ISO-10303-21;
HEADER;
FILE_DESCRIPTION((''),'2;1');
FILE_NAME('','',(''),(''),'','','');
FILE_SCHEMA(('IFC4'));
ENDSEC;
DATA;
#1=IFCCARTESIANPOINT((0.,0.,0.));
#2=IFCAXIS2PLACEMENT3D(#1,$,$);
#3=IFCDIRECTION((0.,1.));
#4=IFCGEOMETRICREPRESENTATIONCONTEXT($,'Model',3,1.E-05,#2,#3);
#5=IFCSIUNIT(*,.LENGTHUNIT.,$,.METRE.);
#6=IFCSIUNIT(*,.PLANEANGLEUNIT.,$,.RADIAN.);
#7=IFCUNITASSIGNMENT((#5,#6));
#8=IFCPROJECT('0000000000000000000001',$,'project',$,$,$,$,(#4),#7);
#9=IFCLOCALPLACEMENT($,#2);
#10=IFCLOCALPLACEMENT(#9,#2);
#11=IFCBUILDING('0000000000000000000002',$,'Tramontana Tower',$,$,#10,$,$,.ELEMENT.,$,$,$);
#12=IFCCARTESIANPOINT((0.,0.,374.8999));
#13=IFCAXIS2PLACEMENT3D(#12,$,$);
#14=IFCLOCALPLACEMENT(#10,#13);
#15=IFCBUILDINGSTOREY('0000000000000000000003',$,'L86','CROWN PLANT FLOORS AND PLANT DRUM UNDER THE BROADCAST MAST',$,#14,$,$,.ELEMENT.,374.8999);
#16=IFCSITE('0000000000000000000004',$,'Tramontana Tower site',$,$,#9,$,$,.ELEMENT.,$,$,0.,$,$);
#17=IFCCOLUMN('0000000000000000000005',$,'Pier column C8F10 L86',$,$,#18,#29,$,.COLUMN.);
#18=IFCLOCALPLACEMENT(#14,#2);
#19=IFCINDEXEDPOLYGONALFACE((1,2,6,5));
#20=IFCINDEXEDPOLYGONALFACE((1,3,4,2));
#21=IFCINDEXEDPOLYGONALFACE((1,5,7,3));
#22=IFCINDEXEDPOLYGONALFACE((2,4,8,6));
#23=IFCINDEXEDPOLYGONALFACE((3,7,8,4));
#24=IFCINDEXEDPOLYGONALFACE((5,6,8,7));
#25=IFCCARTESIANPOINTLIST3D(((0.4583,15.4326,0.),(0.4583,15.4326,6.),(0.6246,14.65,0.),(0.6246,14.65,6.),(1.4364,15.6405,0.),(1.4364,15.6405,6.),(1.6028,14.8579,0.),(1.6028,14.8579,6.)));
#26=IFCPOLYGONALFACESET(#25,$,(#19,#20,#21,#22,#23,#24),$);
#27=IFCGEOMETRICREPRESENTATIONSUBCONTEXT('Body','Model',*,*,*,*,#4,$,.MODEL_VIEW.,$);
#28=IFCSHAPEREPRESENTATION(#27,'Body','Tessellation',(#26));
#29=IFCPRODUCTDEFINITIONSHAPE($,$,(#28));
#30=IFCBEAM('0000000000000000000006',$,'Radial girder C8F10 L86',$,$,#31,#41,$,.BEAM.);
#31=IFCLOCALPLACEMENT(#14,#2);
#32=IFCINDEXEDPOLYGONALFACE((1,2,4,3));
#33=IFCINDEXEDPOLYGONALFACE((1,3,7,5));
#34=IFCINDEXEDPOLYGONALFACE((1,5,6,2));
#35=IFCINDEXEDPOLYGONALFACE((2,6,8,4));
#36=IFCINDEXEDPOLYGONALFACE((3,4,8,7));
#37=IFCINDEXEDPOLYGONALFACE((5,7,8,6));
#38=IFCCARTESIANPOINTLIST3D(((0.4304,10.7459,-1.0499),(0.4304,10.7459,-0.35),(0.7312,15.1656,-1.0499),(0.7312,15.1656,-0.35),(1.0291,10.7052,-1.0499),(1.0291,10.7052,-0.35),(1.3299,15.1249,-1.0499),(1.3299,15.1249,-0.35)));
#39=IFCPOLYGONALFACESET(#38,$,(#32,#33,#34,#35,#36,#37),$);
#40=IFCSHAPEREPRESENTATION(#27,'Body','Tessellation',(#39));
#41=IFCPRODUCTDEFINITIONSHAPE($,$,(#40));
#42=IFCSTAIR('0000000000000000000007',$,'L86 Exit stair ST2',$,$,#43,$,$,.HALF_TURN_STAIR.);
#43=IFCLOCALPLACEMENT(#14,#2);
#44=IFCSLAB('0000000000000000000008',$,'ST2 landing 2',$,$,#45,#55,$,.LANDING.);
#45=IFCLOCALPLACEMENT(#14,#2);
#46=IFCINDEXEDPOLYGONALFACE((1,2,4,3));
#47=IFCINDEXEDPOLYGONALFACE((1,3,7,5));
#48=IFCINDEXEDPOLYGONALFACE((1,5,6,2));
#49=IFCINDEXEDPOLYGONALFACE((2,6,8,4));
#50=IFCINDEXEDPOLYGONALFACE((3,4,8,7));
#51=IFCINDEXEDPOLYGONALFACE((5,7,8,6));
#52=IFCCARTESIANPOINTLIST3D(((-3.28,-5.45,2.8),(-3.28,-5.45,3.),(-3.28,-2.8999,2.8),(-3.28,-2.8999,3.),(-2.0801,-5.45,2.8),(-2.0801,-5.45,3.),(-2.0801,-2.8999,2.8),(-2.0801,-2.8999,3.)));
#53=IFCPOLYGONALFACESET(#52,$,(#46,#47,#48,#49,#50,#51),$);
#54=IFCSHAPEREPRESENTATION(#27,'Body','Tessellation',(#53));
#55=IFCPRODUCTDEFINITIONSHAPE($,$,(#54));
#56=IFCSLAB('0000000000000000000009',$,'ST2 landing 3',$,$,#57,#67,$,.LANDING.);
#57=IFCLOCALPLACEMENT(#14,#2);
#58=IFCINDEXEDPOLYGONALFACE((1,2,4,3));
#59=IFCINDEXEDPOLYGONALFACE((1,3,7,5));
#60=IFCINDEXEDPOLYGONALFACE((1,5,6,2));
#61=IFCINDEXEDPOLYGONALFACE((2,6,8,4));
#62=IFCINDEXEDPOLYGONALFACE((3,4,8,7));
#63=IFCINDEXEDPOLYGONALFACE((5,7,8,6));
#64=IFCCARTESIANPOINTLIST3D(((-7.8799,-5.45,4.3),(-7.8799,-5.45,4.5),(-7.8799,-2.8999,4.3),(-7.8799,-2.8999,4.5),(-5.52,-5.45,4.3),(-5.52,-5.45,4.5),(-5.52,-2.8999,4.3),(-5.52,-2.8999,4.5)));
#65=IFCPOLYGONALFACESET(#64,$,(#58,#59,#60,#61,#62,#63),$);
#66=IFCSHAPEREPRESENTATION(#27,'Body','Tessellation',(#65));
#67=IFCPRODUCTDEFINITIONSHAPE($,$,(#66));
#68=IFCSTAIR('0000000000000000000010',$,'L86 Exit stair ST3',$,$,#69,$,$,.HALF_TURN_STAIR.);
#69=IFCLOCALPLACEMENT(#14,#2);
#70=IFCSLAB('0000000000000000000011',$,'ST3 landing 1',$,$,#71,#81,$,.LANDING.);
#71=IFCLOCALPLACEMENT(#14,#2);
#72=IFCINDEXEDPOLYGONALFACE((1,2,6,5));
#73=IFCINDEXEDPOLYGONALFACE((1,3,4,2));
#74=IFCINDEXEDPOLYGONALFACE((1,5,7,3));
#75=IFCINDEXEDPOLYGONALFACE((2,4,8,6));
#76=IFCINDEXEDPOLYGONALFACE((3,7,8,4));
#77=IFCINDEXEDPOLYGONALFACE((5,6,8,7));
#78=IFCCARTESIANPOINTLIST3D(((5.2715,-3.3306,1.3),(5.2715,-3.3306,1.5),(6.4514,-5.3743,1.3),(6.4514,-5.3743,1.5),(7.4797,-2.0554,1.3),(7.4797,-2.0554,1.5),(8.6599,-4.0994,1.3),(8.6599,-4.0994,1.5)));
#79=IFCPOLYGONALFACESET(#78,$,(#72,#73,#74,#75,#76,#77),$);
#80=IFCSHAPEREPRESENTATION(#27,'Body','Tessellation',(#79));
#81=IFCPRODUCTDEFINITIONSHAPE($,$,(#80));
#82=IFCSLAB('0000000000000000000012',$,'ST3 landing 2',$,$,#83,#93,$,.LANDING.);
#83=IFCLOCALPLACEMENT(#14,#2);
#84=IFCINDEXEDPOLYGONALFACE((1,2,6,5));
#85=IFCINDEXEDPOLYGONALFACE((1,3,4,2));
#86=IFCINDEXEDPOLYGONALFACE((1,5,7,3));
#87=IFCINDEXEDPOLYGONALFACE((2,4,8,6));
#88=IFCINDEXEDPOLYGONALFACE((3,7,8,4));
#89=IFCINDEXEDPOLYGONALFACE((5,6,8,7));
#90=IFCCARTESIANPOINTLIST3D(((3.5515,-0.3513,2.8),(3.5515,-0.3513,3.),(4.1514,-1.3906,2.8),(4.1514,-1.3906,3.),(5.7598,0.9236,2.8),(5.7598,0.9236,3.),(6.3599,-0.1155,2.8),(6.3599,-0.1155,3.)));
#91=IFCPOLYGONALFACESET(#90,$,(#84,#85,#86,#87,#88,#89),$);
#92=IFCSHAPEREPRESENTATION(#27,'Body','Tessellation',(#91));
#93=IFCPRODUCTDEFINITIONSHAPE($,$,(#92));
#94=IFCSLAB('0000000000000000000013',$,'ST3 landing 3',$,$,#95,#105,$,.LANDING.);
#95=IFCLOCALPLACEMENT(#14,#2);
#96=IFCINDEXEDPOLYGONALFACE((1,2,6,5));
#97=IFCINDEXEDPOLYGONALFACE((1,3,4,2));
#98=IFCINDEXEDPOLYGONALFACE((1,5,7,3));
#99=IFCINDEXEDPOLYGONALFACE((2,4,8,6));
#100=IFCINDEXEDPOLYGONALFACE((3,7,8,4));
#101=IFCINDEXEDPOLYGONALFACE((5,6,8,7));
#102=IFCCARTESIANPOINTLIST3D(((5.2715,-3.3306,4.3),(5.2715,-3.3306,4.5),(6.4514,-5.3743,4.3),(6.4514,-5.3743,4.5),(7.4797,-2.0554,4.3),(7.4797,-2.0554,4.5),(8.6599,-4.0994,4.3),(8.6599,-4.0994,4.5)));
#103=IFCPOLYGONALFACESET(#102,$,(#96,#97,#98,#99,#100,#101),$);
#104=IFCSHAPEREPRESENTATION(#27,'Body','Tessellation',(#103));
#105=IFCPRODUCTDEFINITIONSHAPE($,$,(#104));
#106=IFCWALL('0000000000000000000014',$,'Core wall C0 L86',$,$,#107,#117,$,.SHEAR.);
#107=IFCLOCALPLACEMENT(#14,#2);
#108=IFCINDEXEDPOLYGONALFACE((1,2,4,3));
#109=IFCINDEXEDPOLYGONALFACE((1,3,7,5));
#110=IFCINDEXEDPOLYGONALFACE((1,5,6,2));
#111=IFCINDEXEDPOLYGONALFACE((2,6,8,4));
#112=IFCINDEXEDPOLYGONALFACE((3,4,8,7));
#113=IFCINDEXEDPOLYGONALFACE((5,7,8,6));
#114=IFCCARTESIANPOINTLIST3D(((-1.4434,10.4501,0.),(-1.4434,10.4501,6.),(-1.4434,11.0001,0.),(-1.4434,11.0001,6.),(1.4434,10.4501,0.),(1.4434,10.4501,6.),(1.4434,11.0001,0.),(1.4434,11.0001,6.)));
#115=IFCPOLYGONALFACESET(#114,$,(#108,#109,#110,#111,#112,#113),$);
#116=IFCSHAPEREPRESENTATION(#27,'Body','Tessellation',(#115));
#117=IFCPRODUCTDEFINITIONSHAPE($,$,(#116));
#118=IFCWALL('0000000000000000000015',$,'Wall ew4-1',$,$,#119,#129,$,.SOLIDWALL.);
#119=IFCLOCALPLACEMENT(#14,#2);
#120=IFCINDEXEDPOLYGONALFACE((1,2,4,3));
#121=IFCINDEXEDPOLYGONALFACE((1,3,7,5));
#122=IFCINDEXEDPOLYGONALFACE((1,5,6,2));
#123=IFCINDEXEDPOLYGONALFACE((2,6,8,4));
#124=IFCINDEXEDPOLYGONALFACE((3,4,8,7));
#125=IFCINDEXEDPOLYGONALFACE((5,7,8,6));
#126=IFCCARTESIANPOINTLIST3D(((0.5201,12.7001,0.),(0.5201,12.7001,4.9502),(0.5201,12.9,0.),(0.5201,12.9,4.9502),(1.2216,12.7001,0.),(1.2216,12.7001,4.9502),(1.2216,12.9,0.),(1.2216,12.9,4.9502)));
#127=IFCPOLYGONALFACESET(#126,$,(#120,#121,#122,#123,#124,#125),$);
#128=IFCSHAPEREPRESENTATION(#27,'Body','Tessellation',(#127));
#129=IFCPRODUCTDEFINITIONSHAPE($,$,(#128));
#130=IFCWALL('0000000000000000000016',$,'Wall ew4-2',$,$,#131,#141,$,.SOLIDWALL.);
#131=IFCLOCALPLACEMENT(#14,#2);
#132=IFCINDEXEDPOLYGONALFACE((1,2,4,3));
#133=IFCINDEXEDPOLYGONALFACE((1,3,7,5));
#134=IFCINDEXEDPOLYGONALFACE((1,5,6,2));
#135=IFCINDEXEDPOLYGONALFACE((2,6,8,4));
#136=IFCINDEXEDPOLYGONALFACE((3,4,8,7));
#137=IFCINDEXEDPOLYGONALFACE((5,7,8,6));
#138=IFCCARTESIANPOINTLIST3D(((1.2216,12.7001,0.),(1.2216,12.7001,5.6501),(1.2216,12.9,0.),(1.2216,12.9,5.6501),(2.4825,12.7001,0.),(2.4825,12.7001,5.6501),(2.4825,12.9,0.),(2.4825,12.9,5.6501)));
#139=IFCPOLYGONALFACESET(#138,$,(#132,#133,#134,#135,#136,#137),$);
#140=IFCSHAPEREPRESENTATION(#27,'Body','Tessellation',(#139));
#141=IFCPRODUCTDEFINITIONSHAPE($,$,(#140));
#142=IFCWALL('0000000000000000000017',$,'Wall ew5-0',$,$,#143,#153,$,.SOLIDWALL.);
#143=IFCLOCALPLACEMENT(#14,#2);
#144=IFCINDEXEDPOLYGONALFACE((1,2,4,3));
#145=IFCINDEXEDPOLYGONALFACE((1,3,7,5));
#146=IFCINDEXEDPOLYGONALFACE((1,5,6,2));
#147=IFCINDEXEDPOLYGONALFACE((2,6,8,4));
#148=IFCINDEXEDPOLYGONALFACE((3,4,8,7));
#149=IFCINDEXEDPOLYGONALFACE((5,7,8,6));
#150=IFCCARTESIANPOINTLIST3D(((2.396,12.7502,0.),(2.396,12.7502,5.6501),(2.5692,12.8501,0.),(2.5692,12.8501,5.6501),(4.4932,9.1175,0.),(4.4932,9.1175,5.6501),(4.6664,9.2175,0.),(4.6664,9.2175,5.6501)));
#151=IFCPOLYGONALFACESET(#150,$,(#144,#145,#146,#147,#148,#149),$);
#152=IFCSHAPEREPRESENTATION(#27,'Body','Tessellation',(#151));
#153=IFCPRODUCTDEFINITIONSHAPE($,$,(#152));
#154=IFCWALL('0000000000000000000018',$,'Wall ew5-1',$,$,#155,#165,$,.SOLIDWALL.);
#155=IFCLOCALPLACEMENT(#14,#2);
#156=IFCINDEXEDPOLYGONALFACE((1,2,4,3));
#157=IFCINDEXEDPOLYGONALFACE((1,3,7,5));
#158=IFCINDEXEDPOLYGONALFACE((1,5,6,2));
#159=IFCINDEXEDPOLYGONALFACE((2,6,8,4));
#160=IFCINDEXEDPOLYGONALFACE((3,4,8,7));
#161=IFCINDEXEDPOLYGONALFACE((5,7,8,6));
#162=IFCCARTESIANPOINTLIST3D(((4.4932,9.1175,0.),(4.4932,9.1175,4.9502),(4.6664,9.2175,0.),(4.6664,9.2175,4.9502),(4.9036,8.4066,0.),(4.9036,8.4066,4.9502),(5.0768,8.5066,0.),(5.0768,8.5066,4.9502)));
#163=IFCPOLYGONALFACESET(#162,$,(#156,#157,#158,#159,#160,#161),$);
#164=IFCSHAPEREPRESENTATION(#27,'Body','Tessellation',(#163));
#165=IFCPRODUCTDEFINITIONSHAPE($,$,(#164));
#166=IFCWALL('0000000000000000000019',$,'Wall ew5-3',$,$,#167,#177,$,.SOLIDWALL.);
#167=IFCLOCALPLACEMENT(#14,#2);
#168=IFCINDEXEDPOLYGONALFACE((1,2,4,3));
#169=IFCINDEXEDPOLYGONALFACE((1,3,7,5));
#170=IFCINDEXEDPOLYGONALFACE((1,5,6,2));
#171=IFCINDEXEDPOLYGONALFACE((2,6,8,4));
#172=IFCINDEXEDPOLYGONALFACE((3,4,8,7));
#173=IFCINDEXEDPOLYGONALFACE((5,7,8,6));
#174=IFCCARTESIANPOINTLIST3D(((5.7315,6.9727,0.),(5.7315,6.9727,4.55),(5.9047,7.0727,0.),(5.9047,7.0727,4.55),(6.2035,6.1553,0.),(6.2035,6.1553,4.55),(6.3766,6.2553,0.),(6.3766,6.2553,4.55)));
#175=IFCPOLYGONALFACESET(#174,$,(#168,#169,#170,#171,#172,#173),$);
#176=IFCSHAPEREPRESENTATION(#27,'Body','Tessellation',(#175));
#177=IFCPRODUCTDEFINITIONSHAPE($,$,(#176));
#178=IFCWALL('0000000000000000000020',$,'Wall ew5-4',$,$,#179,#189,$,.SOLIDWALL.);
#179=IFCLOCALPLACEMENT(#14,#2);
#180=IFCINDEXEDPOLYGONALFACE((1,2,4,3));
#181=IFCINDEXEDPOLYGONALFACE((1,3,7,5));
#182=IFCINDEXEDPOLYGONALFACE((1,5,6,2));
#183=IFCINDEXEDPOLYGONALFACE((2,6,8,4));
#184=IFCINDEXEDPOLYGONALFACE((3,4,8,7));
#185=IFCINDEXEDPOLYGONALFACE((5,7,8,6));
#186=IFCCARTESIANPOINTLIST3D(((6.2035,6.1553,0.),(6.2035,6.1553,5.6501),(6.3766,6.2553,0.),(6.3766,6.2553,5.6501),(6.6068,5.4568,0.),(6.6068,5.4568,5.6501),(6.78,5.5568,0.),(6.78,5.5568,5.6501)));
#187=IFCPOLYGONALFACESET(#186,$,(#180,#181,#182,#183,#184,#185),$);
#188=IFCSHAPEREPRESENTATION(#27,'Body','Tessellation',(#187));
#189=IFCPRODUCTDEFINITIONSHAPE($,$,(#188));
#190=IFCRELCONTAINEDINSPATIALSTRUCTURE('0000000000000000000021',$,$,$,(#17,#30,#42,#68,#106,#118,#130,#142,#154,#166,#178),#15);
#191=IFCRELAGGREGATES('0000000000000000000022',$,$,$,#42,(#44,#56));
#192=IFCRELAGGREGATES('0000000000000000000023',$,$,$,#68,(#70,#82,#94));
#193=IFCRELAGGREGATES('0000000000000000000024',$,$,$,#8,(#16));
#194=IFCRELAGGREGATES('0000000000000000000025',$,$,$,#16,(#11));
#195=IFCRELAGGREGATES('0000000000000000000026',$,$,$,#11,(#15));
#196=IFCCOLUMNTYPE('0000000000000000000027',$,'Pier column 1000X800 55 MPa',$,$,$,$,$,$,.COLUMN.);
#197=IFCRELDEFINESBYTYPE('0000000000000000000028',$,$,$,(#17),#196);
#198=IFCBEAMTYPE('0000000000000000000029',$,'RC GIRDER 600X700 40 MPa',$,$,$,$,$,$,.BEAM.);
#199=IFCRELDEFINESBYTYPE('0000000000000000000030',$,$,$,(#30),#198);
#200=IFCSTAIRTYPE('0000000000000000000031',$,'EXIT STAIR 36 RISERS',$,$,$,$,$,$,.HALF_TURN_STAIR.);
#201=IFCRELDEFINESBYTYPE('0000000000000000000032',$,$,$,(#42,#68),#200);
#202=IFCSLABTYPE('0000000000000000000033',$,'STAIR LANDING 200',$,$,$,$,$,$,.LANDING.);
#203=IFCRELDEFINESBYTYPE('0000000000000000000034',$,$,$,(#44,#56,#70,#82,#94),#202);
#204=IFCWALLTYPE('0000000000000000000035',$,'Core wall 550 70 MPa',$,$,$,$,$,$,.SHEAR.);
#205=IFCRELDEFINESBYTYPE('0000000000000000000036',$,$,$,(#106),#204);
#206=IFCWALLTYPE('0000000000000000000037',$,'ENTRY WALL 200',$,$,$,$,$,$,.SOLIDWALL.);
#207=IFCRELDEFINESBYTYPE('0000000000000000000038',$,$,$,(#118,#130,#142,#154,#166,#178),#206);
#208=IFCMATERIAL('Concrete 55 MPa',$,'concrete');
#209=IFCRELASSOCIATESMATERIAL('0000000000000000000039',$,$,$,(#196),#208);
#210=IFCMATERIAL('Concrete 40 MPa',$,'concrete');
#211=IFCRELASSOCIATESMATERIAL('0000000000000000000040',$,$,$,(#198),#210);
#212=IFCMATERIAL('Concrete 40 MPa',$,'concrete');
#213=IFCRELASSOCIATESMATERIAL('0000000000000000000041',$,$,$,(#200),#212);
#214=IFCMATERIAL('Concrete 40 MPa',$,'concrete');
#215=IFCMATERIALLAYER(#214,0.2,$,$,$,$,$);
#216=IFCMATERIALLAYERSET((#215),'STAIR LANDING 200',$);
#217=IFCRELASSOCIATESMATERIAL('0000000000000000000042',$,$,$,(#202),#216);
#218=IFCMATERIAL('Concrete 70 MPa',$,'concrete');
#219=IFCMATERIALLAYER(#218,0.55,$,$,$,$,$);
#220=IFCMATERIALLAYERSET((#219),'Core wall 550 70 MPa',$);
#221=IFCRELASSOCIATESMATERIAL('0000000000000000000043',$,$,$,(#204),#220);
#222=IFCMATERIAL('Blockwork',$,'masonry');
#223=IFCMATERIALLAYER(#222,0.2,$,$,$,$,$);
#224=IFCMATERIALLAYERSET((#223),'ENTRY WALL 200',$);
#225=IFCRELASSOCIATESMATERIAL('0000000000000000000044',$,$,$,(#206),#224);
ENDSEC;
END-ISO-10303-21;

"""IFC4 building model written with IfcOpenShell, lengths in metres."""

from ifc_helpers import new_model, si_unit, direction, frame, frame_2d, origin, origin_2d, place, context, subcontext, project, spatial, polyline, rectangle, outline, extrude, material, layer, layer_set, material_profile, profile_set, type_object, element, aggregate, save


model = new_model("IFC4")

# Units and contexts
model_context = context("Model", 3, precision=1e-05, world=origin(), true_north=direction((0.0, 1.0)))
body_context = subcontext(model_context, "Body", "Model", "MODEL_VIEW")
ifc_project = project(units=[si_unit("LENGTHUNIT", "METRE"), si_unit("PLANEANGLEUNIT", "RADIAN")], contexts=[model_context])

# Site, building, storey
site_placement = place(None, origin())
site = spatial("IfcSite", under=ifc_project, at=site_placement, Name="Tramontana Tower site", CompositionType="ELEMENT", RefElevation=0.0)
building_placement = place(site_placement, origin())
building = spatial("IfcBuilding", under=site, at=building_placement, Name="Tramontana Tower", CompositionType="ELEMENT")
storey_placement = place(building_placement, frame((0.0, 0.0, 374.8999)))
storey = spatial("IfcBuildingStorey", under=building, at=storey_placement, Name="L86", Description="CROWN PLANT FLOORS AND PLANT DRUM UNDER THE BROADCAST MAST", CompositionType="ELEMENT", Elevation=374.8999)

# Column
ifc_material_1 = material(Name="Concrete 55 MPa", Category="concrete")
ifc_material_profile_1 = material_profile(ifc_material_1, rectangle(XDim=1.0, YDim=0.8, at=origin_2d()), Name="Pier column 1000X800 55 MPa")
ifc_profile_set_1 = profile_set([ifc_material_profile_1], Name="Concrete 55 MPa")
column_type = type_object("IfcColumnType", Name="Pier column 1000X800 55 MPa", PredefinedType="COLUMN", material=ifc_profile_set_1)
column_placement = place(storey_placement, frame((1.0305, 15.1453, 0.0), z_axis=(0.0, 0.0, 1.0), x_axis=(-0.978148, -0.207912, 0.0)))
element("IfcColumn", 1, at=column_placement, inside=storey, type_object=column_type, Name="Pier column C8F10 L86", PredefinedType="COLUMN", context=body_context, shape_type="SweptSolid", body=[
    extrude(rectangle(XDim=1.0, YDim=0.8, at=origin_2d()), origin(), (0.0, 0.0, 1.0), 6.0),
])

# Beam
ifc_material_2 = material(Name="Concrete 40 MPa", Category="concrete")
ifc_material_profile_2 = material_profile(ifc_material_2, rectangle(XDim=0.6001, YDim=0.7, at=origin_2d()), Name="RC GIRDER 600X700 40 MPa")
ifc_profile_set_2 = profile_set([ifc_material_profile_2], Name="Concrete 40 MPa")
beam_type = type_object("IfcBeamType", Name="RC GIRDER 600X700 40 MPa", PredefinedType="BEAM", material=ifc_profile_set_2)
beam_placement = place(storey_placement, frame((1.0305, 15.1453, -0.7), z_axis=(-0.067898, -0.997692, 0.0), x_axis=(0.997692, -0.067898, 0.0)))
element("IfcBeam", 2, at=beam_placement, inside=storey, type_object=beam_type, Name="Radial girder C8F10 L86", PredefinedType="BEAM", context=body_context, shape_type="SweptSolid", body=[
    extrude(rectangle(XDim=0.6001, YDim=0.7, at=origin_2d()), origin(), (0.0, 0.0, 1.0), 4.4299),
])

# Stairs, slabs
ifc_material_3 = material(Name="Concrete 40 MPa", Category="concrete")
stair_type = type_object("IfcStairType", Name="EXIT STAIR 36 RISERS", PredefinedType="HALF_TURN_STAIR", material=ifc_material_3)
stair_1_placement = place(storey_placement, origin())
stair_1 = element("IfcStair", 3, at=stair_1_placement, inside=storey, type_object=stair_type, Name="L86 Exit stair ST2", PredefinedType="HALF_TURN_STAIR")
ifc_material_4 = material(Name="Concrete 40 MPa", Category="concrete")
ifc_layer_1 = layer(ifc_material_4, 0.2)
ifc_layer_set_1 = layer_set([ifc_layer_1], Name="STAIR LANDING 200")
slab_type = type_object("IfcSlabType", Name="STAIR LANDING 200", PredefinedType="LANDING", material=ifc_layer_set_1)
slab_1_placement = place(storey_placement, frame((0.0, 0.0, 2.8)))
slab_1 = element("IfcSlab", 4, at=slab_1_placement, type_object=slab_type, Name="ST2 landing 2", PredefinedType="LANDING", context=body_context, shape_type="SweptSolid", body=[
    extrude(outline(polyline([(-2.0801, -2.8999), (-3.28, -2.8999), (-3.28, -5.45), (-2.0801, -5.45), (-2.0801, -2.8999)])), origin(), (0.0, 0.0, 1.0), 0.2),
])
slab_2_placement = place(storey_placement, frame((0.0, 0.0, 4.3)))
slab_2 = element("IfcSlab", 5, at=slab_2_placement, type_object=slab_type, Name="ST2 landing 3", PredefinedType="LANDING", context=body_context, shape_type="SweptSolid", body=[
    extrude(outline(polyline([(-5.52, -2.8999), (-7.8799, -2.8999), (-7.8799, -5.45), (-5.52, -5.45), (-5.52, -2.8999)])), origin(), (0.0, 0.0, 1.0), 0.2),
])
aggregate(stair_1, [slab_1, slab_2])
stair_2_placement = place(storey_placement, origin())
stair_2 = element("IfcStair", 6, at=stair_2_placement, inside=storey, type_object=stair_type, Name="L86 Exit stair ST3", PredefinedType="HALF_TURN_STAIR")
slab_3_placement = place(storey_placement, frame((0.0, 0.0, 1.3)))
slab_3 = element("IfcSlab", 7, at=slab_3_placement, type_object=slab_type, Name="ST3 landing 1", PredefinedType="LANDING", context=body_context, shape_type="SweptSolid", body=[
    extrude(outline(polyline([(5.2715, -3.3306), (6.4514, -5.3743), (8.6599, -4.0994), (7.4797, -2.0554), (5.2715, -3.3306)])), origin(), (0.0, 0.0, 1.0), 0.2),
])
slab_4_placement = place(storey_placement, frame((0.0, 0.0, 2.8)))
slab_4 = element("IfcSlab", 8, at=slab_4_placement, type_object=slab_type, Name="ST3 landing 2", PredefinedType="LANDING", context=body_context, shape_type="SweptSolid", body=[
    extrude(outline(polyline([(3.5515, -0.3513), (4.1514, -1.3906), (6.3599, -0.1155), (5.7598, 0.9236), (3.5515, -0.3513)])), origin(), (0.0, 0.0, 1.0), 0.2),
])
slab_5_placement = place(storey_placement, frame((0.0, 0.0, 4.3)))
slab_5 = element("IfcSlab", 9, at=slab_5_placement, type_object=slab_type, Name="ST3 landing 3", PredefinedType="LANDING", context=body_context, shape_type="SweptSolid", body=[
    extrude(outline(polyline([(5.2715, -3.3306), (6.4514, -5.3743), (8.6599, -4.0994), (7.4797, -2.0554), (5.2715, -3.3306)])), origin(), (0.0, 0.0, 1.0), 0.2),
])
aggregate(stair_2, [slab_3, slab_4, slab_5])

# Walls
ifc_material_5 = material(Name="Concrete 70 MPa", Category="concrete")
ifc_layer_2 = layer(ifc_material_5, 0.55)
ifc_layer_set_2 = layer_set([ifc_layer_2], Name="Core wall 550 70 MPa")
wall_type_1 = type_object("IfcWallType", Name="Core wall 550 70 MPa", PredefinedType="SHEAR", material=ifc_layer_set_2)
wall_1_placement = place(storey_placement, frame((1.4434, 10.7251, 0.0), z_axis=(0.0, 0.0, 1.0), x_axis=(-1.0, 0.0, 0.0)))
element("IfcWall", 10, at=wall_1_placement, inside=storey, type_object=wall_type_1, Name="Core wall C0 L86", PredefinedType="SHEAR", context=body_context, shape_type="SweptSolid", body=[
    extrude(rectangle(XDim=2.8867, YDim=0.55, at=frame_2d((1.4434, 0.0))), origin(), (0.0, 0.0, 1.0), 6.0),
])
ifc_material_6 = material(Name="Blockwork", Category="masonry")
ifc_layer_3 = layer(ifc_material_6, 0.2)
ifc_layer_set_3 = layer_set([ifc_layer_3], Name="ENTRY WALL 200")
wall_type_2 = type_object("IfcWallType", Name="ENTRY WALL 200", PredefinedType="SOLIDWALL", material=ifc_layer_set_3)
wall_2_placement = place(storey_placement, frame((0.5203, 12.8, 0.0), z_axis=(0.0, 0.0, 1.0), x_axis=(1.0, 0.0, 0.0)))
element("IfcWall", 11, at=wall_2_placement, inside=storey, type_object=wall_type_2, Name="Wall ew4-1", PredefinedType="SOLIDWALL", context=body_context, shape_type="SweptSolid", body=[
    extrude(rectangle(XDim=0.7014, YDim=0.2, at=frame_2d((0.3506, 0.0))), origin(), (0.0, 0.0, 1.0), 4.9502),
])
wall_3_placement = place(storey_placement, frame((1.2217, 12.8, 0.0), z_axis=(0.0, 0.0, 1.0), x_axis=(1.0, 0.0, 0.0)))
element("IfcWall", 12, at=wall_3_placement, inside=storey, type_object=wall_type_2, Name="Wall ew4-2", PredefinedType="SOLIDWALL", context=body_context, shape_type="SweptSolid", body=[
    extrude(rectangle(XDim=1.261, YDim=0.2, at=frame_2d((0.6304, 0.0))), origin(), (0.0, 0.0, 1.0), 5.6501),
])
wall_4_placement = place(storey_placement, frame((2.4827, 12.8, 0.0), z_axis=(0.0, 0.0, 1.0), x_axis=(0.499983, -0.866035, 0.0)))
element("IfcWall", 13, at=wall_4_placement, inside=storey, type_object=wall_type_2, Name="Wall ew5-0", PredefinedType="SOLIDWALL", context=body_context, shape_type="SweptSolid", body=[
    extrude(rectangle(XDim=4.1946, YDim=0.2, at=frame_2d((2.0972, 0.0))), origin(), (0.0, 0.0, 1.0), 5.6501),
])
wall_5_placement = place(storey_placement, frame((4.5798, 9.1675, 0.0), z_axis=(0.0, 0.0, 1.0), x_axis=(0.499946, -0.866057, 0.0)))
element("IfcWall", 14, at=wall_5_placement, inside=storey, type_object=wall_type_2, Name="Wall ew5-1", PredefinedType="SOLIDWALL", context=body_context, shape_type="SweptSolid", body=[
    extrude(rectangle(XDim=0.8208, YDim=0.2, at=frame_2d((0.4104, 0.0))), origin(), (0.0, 0.0, 1.0), 4.9502),
])

# Walls
wall_6_placement = place(storey_placement, frame((5.8181, 7.0227, 0.0), z_axis=(0.0, 0.0, 1.0), x_axis=(0.500006, -0.866022, 0.0)))
element("IfcWall", 15, at=wall_6_placement, inside=storey, type_object=wall_type_2, Name="Wall ew5-3", PredefinedType="SOLIDWALL", context=body_context, shape_type="SweptSolid", body=[
    extrude(rectangle(XDim=0.9438, YDim=0.2, at=frame_2d((0.4719, 0.0))), origin(), (0.0, 0.0, 1.0), 4.55),
])
wall_7_placement = place(storey_placement, frame((6.29, 6.2053, 0.0), z_axis=(0.0, 0.0, 1.0), x_axis=(0.500046, -0.865999, 0.0)))
element("IfcWall", 16, at=wall_7_placement, inside=storey, type_object=wall_type_2, Name="Wall ew5-4", PredefinedType="SOLIDWALL", context=body_context, shape_type="SweptSolid", body=[
    extrude(rectangle(XDim=0.8066, YDim=0.2, at=frame_2d((0.4033, 0.0))), origin(), (0.0, 0.0, 1.0), 5.6501),
])

save(model, "model.ifc")
